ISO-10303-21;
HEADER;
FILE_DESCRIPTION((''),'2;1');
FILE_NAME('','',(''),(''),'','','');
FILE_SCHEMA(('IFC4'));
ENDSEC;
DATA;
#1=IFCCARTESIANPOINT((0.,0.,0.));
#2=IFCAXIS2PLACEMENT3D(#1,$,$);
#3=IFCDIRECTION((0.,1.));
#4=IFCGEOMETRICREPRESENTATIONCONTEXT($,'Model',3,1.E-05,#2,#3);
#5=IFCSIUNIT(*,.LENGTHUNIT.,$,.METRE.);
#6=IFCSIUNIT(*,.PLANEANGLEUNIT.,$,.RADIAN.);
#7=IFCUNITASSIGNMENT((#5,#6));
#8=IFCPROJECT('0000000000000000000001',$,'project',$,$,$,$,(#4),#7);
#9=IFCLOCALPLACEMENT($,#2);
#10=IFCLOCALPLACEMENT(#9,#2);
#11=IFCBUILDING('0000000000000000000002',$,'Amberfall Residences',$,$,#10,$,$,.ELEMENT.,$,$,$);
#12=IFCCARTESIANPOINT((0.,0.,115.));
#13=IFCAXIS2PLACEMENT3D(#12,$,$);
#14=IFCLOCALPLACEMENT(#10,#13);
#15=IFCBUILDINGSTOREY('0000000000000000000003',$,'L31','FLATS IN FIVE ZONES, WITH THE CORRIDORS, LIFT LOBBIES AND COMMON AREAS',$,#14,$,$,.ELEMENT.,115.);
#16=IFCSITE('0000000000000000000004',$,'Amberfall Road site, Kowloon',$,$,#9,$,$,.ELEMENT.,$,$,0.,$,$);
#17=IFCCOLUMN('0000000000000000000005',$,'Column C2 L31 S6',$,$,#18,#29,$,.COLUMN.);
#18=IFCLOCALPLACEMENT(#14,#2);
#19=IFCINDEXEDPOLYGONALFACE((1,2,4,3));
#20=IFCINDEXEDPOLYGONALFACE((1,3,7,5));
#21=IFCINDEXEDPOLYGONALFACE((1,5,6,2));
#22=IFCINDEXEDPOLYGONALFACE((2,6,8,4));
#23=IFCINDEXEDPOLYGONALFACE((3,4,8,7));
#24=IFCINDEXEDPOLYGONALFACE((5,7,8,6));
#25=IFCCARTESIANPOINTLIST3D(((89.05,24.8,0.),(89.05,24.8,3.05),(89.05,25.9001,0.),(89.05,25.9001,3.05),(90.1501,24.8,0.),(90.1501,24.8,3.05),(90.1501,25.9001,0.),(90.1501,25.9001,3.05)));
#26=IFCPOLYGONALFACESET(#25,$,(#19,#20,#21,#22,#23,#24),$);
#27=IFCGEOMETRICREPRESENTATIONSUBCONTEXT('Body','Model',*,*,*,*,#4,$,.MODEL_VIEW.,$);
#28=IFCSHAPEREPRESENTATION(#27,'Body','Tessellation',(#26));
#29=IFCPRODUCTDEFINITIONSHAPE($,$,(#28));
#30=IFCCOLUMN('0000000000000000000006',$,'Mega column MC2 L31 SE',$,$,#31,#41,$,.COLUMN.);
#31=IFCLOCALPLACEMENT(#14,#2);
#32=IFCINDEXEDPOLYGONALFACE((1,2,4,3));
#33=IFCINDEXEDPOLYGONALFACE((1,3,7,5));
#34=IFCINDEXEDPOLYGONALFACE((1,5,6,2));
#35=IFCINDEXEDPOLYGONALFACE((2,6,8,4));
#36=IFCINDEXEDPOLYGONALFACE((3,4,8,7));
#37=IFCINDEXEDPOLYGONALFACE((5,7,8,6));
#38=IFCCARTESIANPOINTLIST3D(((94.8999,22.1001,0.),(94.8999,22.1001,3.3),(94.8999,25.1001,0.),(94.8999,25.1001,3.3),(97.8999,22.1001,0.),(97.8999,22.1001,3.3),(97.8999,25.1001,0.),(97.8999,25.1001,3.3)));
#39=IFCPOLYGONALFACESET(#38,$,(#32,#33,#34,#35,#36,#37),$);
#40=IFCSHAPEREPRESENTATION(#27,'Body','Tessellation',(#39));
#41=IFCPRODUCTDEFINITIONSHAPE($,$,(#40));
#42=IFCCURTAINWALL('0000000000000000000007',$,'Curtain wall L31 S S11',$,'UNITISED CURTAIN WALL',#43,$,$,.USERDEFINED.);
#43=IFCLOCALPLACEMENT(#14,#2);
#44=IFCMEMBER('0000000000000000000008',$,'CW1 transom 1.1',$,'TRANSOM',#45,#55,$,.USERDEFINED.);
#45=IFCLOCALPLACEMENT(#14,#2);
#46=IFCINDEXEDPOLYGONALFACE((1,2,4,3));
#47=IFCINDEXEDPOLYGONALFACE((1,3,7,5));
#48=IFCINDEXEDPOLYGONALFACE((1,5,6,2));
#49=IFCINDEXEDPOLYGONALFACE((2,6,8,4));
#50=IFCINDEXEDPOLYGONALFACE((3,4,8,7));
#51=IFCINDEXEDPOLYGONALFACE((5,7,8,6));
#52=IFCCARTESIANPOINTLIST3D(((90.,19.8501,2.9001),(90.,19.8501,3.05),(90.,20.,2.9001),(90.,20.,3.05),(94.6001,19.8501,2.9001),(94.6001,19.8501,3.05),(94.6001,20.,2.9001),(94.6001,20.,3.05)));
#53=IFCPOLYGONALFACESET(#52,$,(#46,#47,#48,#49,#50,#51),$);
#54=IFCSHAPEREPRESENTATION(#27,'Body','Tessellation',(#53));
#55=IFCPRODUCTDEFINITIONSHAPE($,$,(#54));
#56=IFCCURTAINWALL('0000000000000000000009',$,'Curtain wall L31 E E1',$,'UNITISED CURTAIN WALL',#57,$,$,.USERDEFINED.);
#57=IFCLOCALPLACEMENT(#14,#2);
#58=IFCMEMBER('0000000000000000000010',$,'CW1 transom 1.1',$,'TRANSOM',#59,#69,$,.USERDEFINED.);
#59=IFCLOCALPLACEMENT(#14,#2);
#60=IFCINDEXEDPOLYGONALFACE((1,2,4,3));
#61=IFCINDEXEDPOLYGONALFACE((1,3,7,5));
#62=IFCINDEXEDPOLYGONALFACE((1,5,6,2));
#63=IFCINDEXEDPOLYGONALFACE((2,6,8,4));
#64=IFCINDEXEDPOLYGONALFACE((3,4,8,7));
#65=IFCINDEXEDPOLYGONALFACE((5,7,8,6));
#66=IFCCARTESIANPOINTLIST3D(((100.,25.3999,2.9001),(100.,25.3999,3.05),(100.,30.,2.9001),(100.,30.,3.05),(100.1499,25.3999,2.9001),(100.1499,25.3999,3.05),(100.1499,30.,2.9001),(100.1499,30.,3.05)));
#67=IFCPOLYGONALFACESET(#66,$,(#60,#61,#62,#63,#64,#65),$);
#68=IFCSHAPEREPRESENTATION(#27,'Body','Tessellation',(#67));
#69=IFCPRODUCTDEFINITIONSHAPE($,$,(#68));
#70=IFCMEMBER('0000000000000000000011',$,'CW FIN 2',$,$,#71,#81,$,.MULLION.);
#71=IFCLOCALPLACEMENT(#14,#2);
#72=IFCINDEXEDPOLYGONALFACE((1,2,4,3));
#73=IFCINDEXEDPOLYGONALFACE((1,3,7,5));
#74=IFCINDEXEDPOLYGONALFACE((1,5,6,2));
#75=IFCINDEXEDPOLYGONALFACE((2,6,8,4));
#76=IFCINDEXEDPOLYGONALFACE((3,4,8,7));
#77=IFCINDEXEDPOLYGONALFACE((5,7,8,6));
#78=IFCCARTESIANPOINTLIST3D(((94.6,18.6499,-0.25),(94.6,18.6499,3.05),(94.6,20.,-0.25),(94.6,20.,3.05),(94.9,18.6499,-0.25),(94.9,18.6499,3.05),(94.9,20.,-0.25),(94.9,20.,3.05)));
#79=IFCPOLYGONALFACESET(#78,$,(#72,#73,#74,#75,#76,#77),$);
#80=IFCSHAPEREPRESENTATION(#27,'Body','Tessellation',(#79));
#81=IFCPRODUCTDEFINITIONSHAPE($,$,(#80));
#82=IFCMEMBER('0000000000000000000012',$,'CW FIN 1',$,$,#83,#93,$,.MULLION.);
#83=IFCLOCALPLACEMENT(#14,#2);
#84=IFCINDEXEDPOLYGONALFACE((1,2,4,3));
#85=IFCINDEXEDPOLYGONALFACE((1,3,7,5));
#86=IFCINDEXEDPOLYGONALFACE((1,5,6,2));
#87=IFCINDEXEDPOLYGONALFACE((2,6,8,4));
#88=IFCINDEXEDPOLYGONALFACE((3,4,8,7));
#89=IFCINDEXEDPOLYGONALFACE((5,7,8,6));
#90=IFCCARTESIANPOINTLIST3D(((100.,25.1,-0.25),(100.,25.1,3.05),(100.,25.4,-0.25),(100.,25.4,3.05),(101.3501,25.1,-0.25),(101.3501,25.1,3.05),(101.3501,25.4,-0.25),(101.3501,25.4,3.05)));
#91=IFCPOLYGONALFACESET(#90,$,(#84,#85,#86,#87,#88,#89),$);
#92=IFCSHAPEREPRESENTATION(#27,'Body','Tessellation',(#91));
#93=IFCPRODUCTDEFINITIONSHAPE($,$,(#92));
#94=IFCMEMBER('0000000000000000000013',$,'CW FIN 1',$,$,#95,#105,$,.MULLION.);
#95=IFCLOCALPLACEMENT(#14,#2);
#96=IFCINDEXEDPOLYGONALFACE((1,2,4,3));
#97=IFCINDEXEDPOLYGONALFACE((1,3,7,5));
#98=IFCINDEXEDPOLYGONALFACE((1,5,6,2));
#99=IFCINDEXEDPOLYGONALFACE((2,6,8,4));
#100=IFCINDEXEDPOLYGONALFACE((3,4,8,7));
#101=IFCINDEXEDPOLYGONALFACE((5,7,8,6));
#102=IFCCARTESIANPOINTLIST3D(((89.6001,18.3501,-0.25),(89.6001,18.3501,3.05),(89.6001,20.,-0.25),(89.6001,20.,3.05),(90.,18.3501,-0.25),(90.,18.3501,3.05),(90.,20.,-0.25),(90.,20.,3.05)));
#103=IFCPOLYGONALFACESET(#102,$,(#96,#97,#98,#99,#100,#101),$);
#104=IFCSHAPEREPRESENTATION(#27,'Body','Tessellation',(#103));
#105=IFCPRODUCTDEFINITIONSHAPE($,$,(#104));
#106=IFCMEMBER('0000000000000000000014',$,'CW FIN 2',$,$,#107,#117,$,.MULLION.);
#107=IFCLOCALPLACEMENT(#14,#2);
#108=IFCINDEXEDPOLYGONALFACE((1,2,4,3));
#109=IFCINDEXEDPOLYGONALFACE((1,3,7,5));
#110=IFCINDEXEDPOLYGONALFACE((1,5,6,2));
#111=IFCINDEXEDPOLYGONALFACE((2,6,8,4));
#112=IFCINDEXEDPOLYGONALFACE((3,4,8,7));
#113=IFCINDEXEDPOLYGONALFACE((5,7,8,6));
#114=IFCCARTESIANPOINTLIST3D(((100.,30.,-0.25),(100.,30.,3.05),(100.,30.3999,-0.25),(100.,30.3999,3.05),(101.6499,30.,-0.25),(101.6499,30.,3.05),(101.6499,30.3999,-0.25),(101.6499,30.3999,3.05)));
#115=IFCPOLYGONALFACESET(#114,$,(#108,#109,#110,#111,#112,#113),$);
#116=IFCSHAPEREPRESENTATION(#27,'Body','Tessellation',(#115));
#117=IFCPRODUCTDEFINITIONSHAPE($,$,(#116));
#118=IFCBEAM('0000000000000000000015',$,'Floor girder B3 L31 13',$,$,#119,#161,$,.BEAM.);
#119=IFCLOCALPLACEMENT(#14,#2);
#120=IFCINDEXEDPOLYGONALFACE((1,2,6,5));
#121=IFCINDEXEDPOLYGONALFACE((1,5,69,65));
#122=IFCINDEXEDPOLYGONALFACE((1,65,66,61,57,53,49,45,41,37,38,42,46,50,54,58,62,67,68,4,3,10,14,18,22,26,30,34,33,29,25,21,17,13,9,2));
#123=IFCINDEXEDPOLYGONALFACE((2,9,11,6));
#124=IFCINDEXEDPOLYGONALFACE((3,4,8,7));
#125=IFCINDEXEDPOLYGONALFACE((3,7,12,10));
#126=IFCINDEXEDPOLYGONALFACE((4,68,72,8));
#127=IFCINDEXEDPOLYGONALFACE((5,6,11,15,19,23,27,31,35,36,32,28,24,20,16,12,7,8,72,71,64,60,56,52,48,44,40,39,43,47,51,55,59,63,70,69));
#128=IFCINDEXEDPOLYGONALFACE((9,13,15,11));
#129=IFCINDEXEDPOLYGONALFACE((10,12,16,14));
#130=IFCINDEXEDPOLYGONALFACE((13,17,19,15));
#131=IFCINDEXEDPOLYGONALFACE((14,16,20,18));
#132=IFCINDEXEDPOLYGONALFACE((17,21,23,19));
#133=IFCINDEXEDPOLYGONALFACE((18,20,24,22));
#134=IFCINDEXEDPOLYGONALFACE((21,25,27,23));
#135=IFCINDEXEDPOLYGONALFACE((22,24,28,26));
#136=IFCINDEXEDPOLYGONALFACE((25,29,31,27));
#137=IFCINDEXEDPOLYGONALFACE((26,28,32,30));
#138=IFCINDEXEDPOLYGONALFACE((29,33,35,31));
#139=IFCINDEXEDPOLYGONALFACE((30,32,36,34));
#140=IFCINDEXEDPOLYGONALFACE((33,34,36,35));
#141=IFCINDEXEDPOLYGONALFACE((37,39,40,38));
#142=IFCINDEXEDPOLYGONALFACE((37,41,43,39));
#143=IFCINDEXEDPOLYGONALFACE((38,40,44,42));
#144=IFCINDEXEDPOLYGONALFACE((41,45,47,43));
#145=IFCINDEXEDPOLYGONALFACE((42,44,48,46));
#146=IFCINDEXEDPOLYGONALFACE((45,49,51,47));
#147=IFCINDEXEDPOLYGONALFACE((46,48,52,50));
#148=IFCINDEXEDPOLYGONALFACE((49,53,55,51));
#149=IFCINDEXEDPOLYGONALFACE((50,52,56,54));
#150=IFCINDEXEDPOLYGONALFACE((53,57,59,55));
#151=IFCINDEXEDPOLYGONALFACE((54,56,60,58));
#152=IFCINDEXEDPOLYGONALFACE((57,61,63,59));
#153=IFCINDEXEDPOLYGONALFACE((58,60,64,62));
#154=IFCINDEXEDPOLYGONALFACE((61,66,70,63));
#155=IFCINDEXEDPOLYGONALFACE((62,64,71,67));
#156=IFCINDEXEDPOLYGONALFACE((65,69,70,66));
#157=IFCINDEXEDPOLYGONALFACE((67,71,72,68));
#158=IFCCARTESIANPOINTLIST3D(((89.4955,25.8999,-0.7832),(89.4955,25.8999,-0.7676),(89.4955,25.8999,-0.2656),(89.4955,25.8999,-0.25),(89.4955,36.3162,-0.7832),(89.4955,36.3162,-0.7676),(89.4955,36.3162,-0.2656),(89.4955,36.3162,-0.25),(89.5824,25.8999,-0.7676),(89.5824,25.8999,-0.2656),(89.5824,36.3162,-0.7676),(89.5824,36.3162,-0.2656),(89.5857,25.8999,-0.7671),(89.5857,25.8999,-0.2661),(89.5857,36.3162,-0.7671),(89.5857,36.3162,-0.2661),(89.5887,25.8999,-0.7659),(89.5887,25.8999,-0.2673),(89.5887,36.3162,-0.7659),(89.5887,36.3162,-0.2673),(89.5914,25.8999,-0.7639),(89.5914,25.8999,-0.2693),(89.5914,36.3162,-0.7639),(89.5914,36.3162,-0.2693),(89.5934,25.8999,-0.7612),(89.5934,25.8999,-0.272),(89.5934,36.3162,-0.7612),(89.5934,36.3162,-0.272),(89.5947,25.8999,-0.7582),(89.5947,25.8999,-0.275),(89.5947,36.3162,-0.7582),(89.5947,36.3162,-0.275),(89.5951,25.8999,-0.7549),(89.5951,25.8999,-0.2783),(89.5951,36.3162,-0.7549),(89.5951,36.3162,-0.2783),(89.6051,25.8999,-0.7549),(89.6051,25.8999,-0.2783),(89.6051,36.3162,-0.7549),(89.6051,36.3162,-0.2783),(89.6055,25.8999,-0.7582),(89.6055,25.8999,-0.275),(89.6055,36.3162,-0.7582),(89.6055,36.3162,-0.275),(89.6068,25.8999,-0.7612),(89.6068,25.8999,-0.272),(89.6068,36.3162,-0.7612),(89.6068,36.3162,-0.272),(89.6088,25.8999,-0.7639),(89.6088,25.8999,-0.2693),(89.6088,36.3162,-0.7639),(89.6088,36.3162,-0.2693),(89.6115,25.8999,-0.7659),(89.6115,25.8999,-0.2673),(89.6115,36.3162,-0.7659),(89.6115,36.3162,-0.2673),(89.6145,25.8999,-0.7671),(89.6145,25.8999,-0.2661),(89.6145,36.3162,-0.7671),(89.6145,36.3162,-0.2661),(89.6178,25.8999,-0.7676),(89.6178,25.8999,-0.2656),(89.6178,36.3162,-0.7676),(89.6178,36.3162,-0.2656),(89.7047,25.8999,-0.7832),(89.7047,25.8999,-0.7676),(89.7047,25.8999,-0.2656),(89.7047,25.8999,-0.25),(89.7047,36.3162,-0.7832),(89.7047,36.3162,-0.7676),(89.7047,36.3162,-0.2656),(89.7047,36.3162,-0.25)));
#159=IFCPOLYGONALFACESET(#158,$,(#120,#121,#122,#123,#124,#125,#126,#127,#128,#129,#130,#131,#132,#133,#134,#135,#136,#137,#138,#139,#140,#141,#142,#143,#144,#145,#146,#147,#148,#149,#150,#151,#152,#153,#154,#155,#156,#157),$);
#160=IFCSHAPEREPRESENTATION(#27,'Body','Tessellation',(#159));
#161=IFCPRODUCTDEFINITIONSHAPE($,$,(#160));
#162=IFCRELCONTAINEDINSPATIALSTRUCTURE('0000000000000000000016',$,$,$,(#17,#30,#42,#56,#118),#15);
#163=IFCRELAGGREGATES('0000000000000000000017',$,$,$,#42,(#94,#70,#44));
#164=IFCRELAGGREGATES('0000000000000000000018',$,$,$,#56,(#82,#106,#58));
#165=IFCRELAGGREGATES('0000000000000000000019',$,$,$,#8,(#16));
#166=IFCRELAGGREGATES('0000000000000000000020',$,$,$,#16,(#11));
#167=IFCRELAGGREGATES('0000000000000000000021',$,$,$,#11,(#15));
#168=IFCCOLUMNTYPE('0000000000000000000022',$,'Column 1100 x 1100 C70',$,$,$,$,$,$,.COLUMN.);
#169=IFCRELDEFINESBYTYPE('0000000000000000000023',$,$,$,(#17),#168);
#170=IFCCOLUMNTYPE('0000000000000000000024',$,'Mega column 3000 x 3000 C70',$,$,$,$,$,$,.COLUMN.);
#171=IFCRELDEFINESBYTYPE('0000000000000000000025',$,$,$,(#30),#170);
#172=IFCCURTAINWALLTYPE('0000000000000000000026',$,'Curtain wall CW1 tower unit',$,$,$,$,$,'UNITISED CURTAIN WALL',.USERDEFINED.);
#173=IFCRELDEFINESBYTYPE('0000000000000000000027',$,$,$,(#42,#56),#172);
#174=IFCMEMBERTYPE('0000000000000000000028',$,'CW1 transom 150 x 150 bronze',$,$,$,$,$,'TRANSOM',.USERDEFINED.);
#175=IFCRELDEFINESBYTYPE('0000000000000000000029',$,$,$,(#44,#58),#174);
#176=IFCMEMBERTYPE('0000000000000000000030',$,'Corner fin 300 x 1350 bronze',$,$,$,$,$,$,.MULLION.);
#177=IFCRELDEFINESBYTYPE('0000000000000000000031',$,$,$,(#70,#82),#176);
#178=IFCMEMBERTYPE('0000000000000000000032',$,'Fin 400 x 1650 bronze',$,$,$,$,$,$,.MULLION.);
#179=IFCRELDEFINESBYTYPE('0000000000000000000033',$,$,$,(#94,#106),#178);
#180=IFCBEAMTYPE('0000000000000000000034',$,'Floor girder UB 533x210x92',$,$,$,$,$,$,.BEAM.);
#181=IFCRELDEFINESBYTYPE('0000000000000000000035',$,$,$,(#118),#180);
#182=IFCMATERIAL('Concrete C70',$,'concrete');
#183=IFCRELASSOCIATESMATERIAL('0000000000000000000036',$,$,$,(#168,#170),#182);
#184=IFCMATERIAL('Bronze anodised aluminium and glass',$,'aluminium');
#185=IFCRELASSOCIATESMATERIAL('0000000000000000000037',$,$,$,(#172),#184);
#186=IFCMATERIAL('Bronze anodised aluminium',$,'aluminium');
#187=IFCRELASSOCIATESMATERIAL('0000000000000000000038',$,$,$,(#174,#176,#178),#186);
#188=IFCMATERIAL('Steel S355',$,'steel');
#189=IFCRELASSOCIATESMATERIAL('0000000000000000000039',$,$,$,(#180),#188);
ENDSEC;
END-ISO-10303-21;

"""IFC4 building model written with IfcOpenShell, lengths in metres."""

from ifc_helpers import new_model, si_unit, direction, frame, origin, origin_2d, place, context, subcontext, project, spatial, rectangle, i_section, extrude, material, material_profile, profile_set, type_object, element, aggregate, save


model = new_model("IFC4")

# Units and contexts
model_context = context("Model", 3, precision=1e-05, world=origin(), true_north=direction((0.0, 1.0)))
body_context = subcontext(model_context, "Body", "Model", "MODEL_VIEW")
ifc_project = project(units=[si_unit("LENGTHUNIT", "METRE"), si_unit("PLANEANGLEUNIT", "RADIAN")], contexts=[model_context])

# Site, building, storey
site_placement = place(None, origin())
site = spatial("IfcSite", under=ifc_project, at=site_placement, Name="Amberfall Road site, Kowloon", CompositionType="ELEMENT", RefElevation=0.0)
building_placement = place(site_placement, origin())
building = spatial("IfcBuilding", under=site, at=building_placement, Name="Amberfall Residences", CompositionType="ELEMENT")
storey_placement = place(building_placement, frame((0.0, 0.0, 115.0)))
storey = spatial("IfcBuildingStorey", under=building, at=storey_placement, Name="L31", Description="FLATS IN FIVE ZONES, WITH THE CORRIDORS, LIFT LOBBIES AND COMMON AREAS", CompositionType="ELEMENT", Elevation=115.0)

# Columns
ifc_material_1 = material(Name="Concrete C70", Category="concrete")
ifc_material_profile_1 = material_profile(ifc_material_1, rectangle(XDim=1.1001, YDim=1.1001, at=origin_2d()), Name="Column 1100 x 1100 C70")
ifc_profile_set_1 = profile_set([ifc_material_profile_1], Name="Concrete C70")
column_type_1 = type_object("IfcColumnType", Name="Column 1100 x 1100 C70", PredefinedType="COLUMN", material=ifc_profile_set_1)
column_1_placement = place(storey_placement, frame((89.6001, 25.3501, 0.0), z_axis=(0.0, 0.0, 1.0), x_axis=(1.0, 0.0, 0.0)))
element("IfcColumn", 1, at=column_1_placement, inside=storey, type_object=column_type_1, Name="Column C2 L31 S6", PredefinedType="COLUMN", context=body_context, shape_type="SweptSolid", body=[
    extrude(rectangle(XDim=1.1001, YDim=1.1001, at=origin_2d()), origin(), (0.0, 0.0, 1.0), 3.05),
])
ifc_material_profile_2 = material_profile(ifc_material_1, rectangle(XDim=3.0, YDim=3.0, at=origin_2d()), Name="Mega column 3000 x 3000 C70")
ifc_profile_set_2 = profile_set([ifc_material_profile_2], Name="Concrete C70")
column_type_2 = type_object("IfcColumnType", Name="Mega column 3000 x 3000 C70", PredefinedType="COLUMN", material=ifc_profile_set_2)
column_2_placement = place(storey_placement, frame((96.3999, 23.6001, 0.0), z_axis=(0.0, 0.0, 1.0), x_axis=(1.0, 0.0, 0.0)))
element("IfcColumn", 2, at=column_2_placement, inside=storey, type_object=column_type_2, Name="Mega column MC2 L31 SE", PredefinedType="COLUMN", context=body_context, shape_type="SweptSolid", body=[
    extrude(rectangle(XDim=3.0, YDim=3.0, at=origin_2d()), origin(), (0.0, 0.0, 1.0), 3.3),
])

# Curtain walls, members
ifc_material_2 = material(Name="Bronze anodised aluminium and glass", Category="aluminium")
curtain_wall_type = type_object("IfcCurtainWallType", Name="Curtain wall CW1 tower unit", ElementType="UNITISED CURTAIN WALL", PredefinedType="USERDEFINED", material=ifc_material_2)
curtain_wall_1_placement = place(storey_placement, origin())
curtain_wall_1 = element("IfcCurtainWall", 3, at=curtain_wall_1_placement, inside=storey, type_object=curtain_wall_type, Name="Curtain wall L31 S S11", ObjectType="UNITISED CURTAIN WALL", PredefinedType="USERDEFINED")
ifc_material_3 = material(Name="Bronze anodised aluminium", Category="aluminium")
ifc_material_profile_3 = material_profile(ifc_material_3, rectangle(XDim=0.1499, YDim=0.1499, at=origin_2d()), Name="CW1 transom 150 x 150 bronze")
ifc_profile_set_3 = profile_set([ifc_material_profile_3], Name="Bronze anodised aluminium")
member_type_1 = type_object("IfcMemberType", Name="CW1 transom 150 x 150 bronze", ElementType="TRANSOM", PredefinedType="USERDEFINED", material=ifc_profile_set_3)
member_1_placement = place(storey_placement, frame((90.0, 19.925, 2.9751), z_axis=(1.0, 0.0, 0.0), x_axis=(0.0, 1.0, 0.0)))
member_1 = element("IfcMember", 4, at=member_1_placement, type_object=member_type_1, Name="CW1 transom 1.1", ObjectType="TRANSOM", PredefinedType="USERDEFINED", context=body_context, shape_type="SweptSolid", body=[
    extrude(rectangle(XDim=0.1499, YDim=0.1499, at=origin_2d()), origin(), (0.0, 0.0, 1.0), 4.6001),
])
curtain_wall_2_placement = place(storey_placement, origin())
curtain_wall_2 = element("IfcCurtainWall", 5, at=curtain_wall_2_placement, inside=storey, type_object=curtain_wall_type, Name="Curtain wall L31 E E1", ObjectType="UNITISED CURTAIN WALL", PredefinedType="USERDEFINED")
member_2_placement = place(storey_placement, frame((100.075, 25.3999, 2.9751), z_axis=(0.0, 1.0, 0.0), x_axis=(-1.0, 0.0, 0.0)))
member_2 = element("IfcMember", 6, at=member_2_placement, type_object=member_type_1, Name="CW1 transom 1.1", ObjectType="TRANSOM", PredefinedType="USERDEFINED", context=body_context, shape_type="SweptSolid", body=[
    extrude(rectangle(XDim=0.1499, YDim=0.1499, at=origin_2d()), origin(), (0.0, 0.0, 1.0), 4.6001),
])

# Members
ifc_material_profile_4 = material_profile(ifc_material_3, rectangle(XDim=1.3501, YDim=0.3, at=origin_2d()), Name="Corner fin 300 x 1350 bronze")
ifc_profile_set_4 = profile_set([ifc_material_profile_4], Name="Bronze anodised aluminium")
member_type_2 = type_object("IfcMemberType", Name="Corner fin 300 x 1350 bronze", PredefinedType="MULLION", material=ifc_profile_set_4)
member_3_placement = place(storey_placement, frame((94.75, 19.325, -0.25), z_axis=(0.0, 0.0, 1.0), x_axis=(0.0, 1.0, 0.0)))
member_3 = element("IfcMember", 7, at=member_3_placement, type_object=member_type_2, Name="CW FIN 2", PredefinedType="MULLION", context=body_context, shape_type="SweptSolid", body=[
    extrude(rectangle(XDim=1.3501, YDim=0.3, at=origin_2d()), origin(), (0.0, 0.0, 1.0), 3.3),
])
member_4_placement = place(storey_placement, frame((100.675, 25.25, -0.25), z_axis=(0.0, 0.0, 1.0), x_axis=(-1.0, 0.0, 0.0)))
member_4 = element("IfcMember", 8, at=member_4_placement, type_object=member_type_2, Name="CW FIN 1", PredefinedType="MULLION", context=body_context, shape_type="SweptSolid", body=[
    extrude(rectangle(XDim=1.3501, YDim=0.3, at=origin_2d()), origin(), (0.0, 0.0, 1.0), 3.3),
])
ifc_material_profile_5 = material_profile(ifc_material_3, rectangle(XDim=1.6499, YDim=0.3999, at=origin_2d()), Name="Fin 400 x 1650 bronze")
ifc_profile_set_5 = profile_set([ifc_material_profile_5], Name="Bronze anodised aluminium")
member_type_3 = type_object("IfcMemberType", Name="Fin 400 x 1650 bronze", PredefinedType="MULLION", material=ifc_profile_set_5)
member_5_placement = place(storey_placement, frame((89.8, 19.175, -0.25), z_axis=(0.0, 0.0, 1.0), x_axis=(0.0, 1.0, 0.0)))
member_5 = element("IfcMember", 9, at=member_5_placement, type_object=member_type_3, Name="CW FIN 1", PredefinedType="MULLION", context=body_context, shape_type="SweptSolid", body=[
    extrude(rectangle(XDim=1.6499, YDim=0.3999, at=origin_2d()), origin(), (0.0, 0.0, 1.0), 3.3),
])
member_6_placement = place(storey_placement, frame((100.825, 30.2, -0.25), z_axis=(0.0, 0.0, 1.0), x_axis=(-1.0, 0.0, 0.0)))
member_6 = element("IfcMember", 10, at=member_6_placement, type_object=member_type_3, Name="CW FIN 2", PredefinedType="MULLION", context=body_context, shape_type="SweptSolid", body=[
    extrude(rectangle(XDim=1.6499, YDim=0.3999, at=origin_2d()), origin(), (0.0, 0.0, 1.0), 3.3),
])

# Beam
ifc_material_4 = material(Name="Steel S355", Category="steel")
ifc_material_profile_6 = material_profile(ifc_material_4, i_section(OverallWidth=0.2092, OverallDepth=0.5332, WebThickness=0.01, FlangeThickness=0.0156, FilletRadius=0.0127, at=origin_2d()), Name="UB 533x210x92")
ifc_profile_set_6 = profile_set([ifc_material_profile_6], Name="Steel S355")
beam_type_1 = type_object("IfcBeamType", Name="Floor girder UB 533x210x92", PredefinedType="BEAM", material=ifc_profile_set_6)
beam_1_placement = place(storey_placement, frame((89.6001, 25.8999, -0.5166), z_axis=(0.0, 1.0, 0.0), x_axis=(-1.0, 0.0, 0.0)))
element("IfcBeam", 11, at=beam_1_placement, inside=storey, type_object=beam_type_1, Name="Floor girder B3 L31 13", PredefinedType="BEAM", context=body_context, shape_type="SweptSolid", body=[
    extrude(i_section(OverallWidth=0.2092, OverallDepth=0.5332, WebThickness=0.01, FlangeThickness=0.0156, FilletRadius=0.0127, at=origin_2d()), origin(), (0.0, 0.0, 1.0), 10.4163),
])

aggregate(curtain_wall_1, [member_5, member_3, member_1])
aggregate(curtain_wall_2, [member_4, member_6, member_2])

save(model, "model.ifc")
